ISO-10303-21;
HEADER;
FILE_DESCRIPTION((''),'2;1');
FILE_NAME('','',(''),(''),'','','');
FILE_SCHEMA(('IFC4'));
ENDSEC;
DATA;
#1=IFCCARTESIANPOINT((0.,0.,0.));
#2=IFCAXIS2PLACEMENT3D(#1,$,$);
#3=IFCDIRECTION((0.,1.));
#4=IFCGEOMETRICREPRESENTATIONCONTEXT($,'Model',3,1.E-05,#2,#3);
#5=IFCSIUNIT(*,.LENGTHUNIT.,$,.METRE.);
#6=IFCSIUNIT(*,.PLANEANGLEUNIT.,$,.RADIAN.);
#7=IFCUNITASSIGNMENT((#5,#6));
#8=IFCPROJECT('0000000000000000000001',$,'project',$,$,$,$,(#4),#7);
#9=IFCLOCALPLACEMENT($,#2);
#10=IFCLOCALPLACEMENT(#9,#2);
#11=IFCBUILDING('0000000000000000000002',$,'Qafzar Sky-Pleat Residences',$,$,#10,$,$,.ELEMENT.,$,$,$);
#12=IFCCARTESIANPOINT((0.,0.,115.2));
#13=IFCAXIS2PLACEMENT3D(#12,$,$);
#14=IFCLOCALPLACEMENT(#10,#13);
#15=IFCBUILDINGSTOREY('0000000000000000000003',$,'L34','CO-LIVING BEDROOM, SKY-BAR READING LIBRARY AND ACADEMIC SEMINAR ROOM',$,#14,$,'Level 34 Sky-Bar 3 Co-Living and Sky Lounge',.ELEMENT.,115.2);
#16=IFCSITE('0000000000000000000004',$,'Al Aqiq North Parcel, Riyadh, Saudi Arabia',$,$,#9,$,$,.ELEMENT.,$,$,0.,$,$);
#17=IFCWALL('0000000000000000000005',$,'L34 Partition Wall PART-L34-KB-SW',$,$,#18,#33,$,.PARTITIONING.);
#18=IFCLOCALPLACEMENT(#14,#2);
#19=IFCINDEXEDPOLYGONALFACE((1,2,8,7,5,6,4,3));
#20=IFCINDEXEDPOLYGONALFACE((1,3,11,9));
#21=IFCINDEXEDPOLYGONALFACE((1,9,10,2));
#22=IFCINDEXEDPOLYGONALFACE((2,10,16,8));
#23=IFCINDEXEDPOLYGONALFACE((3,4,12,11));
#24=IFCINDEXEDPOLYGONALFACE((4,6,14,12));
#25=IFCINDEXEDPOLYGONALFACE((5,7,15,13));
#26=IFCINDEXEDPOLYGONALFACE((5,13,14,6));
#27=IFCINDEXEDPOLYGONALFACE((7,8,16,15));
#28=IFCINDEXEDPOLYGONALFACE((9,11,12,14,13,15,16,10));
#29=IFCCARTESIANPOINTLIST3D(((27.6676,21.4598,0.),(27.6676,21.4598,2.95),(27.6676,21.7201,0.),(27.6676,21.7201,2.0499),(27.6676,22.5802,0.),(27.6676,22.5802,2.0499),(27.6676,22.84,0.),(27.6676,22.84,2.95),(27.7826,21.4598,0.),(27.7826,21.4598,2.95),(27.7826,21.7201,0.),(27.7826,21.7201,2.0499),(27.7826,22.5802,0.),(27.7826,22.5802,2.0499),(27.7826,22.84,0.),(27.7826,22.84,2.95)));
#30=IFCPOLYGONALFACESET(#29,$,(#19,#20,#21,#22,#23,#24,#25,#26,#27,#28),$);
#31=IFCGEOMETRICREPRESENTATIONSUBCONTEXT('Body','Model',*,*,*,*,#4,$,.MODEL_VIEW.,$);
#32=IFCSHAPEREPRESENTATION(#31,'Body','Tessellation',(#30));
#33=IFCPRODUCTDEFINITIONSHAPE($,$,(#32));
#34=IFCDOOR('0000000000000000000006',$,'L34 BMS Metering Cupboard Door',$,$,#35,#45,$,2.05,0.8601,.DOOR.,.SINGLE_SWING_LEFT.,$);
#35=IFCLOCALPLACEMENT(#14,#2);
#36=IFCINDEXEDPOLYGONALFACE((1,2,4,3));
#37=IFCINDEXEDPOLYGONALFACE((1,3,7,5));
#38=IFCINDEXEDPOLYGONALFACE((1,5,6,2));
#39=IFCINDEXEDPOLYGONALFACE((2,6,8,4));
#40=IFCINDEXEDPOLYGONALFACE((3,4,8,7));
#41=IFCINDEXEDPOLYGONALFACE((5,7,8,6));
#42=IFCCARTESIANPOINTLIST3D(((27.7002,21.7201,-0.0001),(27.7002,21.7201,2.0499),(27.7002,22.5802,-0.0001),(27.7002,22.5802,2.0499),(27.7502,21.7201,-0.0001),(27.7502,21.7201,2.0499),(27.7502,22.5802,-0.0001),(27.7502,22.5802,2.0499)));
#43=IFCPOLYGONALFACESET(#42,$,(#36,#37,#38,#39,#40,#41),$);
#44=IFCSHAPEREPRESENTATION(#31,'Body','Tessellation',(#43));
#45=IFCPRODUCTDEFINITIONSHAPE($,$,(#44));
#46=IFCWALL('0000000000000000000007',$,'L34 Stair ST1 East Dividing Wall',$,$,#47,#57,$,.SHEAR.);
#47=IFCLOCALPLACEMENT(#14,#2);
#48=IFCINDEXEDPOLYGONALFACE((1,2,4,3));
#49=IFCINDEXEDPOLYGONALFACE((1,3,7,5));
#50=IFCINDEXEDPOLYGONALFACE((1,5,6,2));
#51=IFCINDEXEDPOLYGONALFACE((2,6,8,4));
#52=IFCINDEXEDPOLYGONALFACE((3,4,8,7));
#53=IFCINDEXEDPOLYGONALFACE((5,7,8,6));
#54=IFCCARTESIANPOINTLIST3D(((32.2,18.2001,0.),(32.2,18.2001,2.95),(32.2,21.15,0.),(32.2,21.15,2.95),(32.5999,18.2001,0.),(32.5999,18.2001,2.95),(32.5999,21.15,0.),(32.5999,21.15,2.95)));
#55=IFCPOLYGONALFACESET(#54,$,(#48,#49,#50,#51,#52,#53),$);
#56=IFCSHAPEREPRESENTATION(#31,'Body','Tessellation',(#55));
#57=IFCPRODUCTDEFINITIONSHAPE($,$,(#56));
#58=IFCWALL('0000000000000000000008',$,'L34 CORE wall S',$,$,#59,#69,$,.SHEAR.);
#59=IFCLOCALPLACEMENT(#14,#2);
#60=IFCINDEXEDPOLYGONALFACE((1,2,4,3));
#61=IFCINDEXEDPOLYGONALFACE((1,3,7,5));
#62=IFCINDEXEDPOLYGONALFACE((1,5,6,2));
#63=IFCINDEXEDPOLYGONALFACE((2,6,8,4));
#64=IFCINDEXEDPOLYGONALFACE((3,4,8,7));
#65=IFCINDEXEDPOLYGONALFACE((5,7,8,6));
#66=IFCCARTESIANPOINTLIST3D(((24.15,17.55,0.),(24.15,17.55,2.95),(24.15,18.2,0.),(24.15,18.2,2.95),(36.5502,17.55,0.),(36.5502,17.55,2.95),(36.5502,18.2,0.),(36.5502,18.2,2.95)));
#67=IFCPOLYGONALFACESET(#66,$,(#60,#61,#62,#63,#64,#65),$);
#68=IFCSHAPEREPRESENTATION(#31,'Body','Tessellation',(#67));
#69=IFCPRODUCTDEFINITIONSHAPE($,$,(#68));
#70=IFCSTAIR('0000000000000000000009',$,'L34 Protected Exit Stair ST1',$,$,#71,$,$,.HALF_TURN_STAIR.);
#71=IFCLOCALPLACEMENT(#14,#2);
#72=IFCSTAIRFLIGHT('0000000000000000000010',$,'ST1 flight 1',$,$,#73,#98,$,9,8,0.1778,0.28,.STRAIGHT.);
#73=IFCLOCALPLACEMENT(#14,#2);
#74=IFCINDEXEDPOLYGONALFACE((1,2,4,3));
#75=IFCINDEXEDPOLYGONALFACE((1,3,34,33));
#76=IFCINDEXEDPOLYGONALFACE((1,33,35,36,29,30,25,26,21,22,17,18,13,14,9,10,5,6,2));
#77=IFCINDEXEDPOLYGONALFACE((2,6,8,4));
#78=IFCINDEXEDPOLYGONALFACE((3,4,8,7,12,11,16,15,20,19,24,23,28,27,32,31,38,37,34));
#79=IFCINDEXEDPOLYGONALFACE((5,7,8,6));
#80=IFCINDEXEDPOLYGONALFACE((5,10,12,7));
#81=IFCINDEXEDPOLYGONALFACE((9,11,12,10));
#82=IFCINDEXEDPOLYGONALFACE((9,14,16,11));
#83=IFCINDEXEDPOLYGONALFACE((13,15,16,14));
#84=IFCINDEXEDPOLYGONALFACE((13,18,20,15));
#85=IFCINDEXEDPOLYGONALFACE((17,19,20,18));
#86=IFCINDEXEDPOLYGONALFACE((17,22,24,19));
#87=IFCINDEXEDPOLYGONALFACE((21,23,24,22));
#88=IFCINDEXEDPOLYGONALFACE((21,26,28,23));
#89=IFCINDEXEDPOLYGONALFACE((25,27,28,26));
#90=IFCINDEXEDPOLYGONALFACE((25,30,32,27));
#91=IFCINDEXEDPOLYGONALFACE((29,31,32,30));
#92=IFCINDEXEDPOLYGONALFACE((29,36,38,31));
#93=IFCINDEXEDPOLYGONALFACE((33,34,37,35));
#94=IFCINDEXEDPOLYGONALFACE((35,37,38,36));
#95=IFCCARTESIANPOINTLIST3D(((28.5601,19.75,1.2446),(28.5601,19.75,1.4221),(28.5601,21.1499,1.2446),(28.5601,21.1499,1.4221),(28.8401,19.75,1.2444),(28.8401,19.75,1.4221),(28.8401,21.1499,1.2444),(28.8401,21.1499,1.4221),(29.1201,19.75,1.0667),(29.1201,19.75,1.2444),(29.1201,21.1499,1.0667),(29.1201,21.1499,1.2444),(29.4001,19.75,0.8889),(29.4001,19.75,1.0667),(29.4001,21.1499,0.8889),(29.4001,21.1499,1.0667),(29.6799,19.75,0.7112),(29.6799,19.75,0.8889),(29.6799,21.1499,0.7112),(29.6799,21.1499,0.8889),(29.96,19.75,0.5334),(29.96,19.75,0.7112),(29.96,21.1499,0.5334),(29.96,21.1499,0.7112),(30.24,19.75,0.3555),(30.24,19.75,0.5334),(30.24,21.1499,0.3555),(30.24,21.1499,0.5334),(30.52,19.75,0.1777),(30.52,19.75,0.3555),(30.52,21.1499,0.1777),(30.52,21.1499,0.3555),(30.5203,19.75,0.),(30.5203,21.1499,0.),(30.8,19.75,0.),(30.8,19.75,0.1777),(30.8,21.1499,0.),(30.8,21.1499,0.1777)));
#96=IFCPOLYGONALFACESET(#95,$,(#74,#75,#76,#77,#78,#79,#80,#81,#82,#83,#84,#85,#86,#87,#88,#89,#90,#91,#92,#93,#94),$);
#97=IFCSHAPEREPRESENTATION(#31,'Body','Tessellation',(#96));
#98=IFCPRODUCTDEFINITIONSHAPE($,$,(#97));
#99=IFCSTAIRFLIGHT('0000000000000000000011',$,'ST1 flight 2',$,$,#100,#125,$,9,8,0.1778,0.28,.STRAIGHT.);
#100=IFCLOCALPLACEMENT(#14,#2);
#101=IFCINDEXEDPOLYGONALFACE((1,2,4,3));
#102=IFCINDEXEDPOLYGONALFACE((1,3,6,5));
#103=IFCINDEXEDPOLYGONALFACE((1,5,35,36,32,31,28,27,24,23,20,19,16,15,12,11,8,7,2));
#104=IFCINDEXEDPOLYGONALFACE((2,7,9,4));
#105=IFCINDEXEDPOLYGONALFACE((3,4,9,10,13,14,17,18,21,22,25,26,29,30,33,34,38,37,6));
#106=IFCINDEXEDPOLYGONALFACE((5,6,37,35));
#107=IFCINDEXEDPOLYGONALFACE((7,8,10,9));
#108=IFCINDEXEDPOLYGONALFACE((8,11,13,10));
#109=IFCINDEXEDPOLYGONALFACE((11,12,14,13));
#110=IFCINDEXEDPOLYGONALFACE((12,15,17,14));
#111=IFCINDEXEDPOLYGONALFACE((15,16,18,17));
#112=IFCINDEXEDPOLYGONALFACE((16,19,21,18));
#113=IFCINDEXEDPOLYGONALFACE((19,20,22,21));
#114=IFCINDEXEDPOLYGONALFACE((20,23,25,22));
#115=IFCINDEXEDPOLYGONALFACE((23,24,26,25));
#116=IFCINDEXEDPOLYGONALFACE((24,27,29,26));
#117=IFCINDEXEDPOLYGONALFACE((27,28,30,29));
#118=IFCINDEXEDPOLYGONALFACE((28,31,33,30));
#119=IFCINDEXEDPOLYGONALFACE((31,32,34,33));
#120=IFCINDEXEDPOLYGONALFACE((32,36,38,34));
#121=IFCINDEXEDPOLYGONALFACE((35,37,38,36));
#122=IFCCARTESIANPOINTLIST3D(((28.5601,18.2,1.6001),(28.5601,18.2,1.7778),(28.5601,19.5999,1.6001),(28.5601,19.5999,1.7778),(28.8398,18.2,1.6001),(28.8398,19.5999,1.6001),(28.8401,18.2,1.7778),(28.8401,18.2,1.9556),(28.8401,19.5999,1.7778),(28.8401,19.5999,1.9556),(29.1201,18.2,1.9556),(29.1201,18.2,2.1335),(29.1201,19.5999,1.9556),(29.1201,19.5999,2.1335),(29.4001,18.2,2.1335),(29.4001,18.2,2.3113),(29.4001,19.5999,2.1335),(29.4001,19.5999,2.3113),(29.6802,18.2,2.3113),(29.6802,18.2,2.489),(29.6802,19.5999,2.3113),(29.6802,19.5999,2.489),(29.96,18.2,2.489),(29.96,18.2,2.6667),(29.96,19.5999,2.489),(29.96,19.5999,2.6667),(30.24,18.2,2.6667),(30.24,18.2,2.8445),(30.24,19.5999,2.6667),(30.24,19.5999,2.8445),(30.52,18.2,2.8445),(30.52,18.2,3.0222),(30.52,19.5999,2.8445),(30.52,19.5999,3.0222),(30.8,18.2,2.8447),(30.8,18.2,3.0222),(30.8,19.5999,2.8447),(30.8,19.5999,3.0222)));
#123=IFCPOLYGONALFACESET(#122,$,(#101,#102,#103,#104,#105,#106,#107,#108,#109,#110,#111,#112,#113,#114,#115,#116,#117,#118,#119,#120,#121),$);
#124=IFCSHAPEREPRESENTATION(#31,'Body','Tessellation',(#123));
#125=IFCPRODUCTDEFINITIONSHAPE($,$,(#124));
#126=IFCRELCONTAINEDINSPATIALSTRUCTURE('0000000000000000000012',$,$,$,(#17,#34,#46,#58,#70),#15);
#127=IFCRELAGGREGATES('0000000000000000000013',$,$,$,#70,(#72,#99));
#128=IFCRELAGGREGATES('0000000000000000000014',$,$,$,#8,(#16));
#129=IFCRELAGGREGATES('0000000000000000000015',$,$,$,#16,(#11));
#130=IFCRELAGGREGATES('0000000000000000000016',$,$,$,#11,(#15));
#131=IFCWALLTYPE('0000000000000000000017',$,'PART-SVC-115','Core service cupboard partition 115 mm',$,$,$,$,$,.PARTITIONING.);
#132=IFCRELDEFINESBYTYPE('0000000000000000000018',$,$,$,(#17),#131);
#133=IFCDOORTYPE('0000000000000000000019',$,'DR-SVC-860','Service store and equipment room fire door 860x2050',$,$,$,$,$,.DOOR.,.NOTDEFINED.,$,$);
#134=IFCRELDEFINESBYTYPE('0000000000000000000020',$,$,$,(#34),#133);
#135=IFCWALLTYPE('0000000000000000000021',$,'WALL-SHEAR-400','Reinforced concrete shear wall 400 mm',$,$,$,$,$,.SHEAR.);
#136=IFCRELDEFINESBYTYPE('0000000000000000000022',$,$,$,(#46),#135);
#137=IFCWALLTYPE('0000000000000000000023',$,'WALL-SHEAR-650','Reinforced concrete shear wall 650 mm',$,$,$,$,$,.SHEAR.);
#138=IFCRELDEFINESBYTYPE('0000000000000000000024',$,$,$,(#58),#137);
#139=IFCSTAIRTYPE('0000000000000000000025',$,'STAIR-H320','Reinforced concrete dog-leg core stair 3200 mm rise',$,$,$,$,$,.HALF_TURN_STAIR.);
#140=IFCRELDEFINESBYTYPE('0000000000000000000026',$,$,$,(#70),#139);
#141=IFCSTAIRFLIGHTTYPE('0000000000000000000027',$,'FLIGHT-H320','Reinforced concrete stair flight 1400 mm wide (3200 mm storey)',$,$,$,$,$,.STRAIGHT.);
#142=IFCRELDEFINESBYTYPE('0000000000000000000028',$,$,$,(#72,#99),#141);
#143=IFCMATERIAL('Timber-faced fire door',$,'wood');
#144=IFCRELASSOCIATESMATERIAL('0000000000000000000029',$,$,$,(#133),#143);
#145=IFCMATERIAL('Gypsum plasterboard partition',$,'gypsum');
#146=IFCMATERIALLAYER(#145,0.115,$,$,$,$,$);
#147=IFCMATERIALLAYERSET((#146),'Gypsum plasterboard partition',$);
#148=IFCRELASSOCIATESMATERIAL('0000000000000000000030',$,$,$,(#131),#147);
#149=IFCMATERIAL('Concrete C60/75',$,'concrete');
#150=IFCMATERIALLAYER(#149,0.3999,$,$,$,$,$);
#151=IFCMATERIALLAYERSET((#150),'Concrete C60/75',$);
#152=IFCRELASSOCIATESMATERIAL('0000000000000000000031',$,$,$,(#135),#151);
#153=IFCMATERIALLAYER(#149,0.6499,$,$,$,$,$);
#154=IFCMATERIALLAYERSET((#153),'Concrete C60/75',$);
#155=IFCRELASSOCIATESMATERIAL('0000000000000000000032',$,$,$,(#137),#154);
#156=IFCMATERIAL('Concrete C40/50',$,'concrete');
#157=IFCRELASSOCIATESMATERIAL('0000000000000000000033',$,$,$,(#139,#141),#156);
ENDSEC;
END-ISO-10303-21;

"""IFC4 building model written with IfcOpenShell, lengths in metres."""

from ifc_helpers import new_model, si_unit, direction, frame, frame_2d, origin, place, context, subcontext, project, spatial, polyline, rectangle, outline, extrude, source, transform, mapped, material, layer, layer_set, type_object, element, fill, aggregate, save


model = new_model("IFC4")

# Units and contexts
model_context = context("Model", 3, precision=1e-05, world=origin(), true_north=direction((0.0, 1.0)))
body_context = subcontext(model_context, "Body", "Model", "MODEL_VIEW")
ifc_project = project(units=[si_unit("LENGTHUNIT", "METRE"), si_unit("PLANEANGLEUNIT", "RADIAN")], contexts=[model_context])

# Site, building, storey
site_placement = place(None, origin())
site = spatial("IfcSite", under=ifc_project, at=site_placement, Name="Al Aqiq North Parcel, Riyadh, Saudi Arabia", CompositionType="ELEMENT", RefElevation=0.0)
building_placement = place(site_placement, origin())
building = spatial("IfcBuilding", under=site, at=building_placement, Name="Qafzar Sky-Pleat Residences", CompositionType="ELEMENT")
storey_placement = place(building_placement, frame((0.0, 0.0, 115.2)))
storey = spatial("IfcBuildingStorey", under=building, at=storey_placement, Name="L34", Description="CO-LIVING BEDROOM, SKY-BAR READING LIBRARY AND ACADEMIC SEMINAR ROOM", LongName="Level 34 Sky-Bar 3 Co-Living and Sky Lounge", CompositionType="ELEMENT", Elevation=115.2)

# Shared definitions
ifc_material_1 = material(Name="Timber-faced fire door", Category="wood")

# Shared definitions
door_type_1 = type_object("IfcDoorType", Name="DR-SVC-860", Description="Service store and equipment room fire door 860x2050", OperationType="NOTDEFINED", PredefinedType="DOOR", material=ifc_material_1)
shared_shape_1 = source(origin(), body_context, "Body", "SweptSolid", [
    extrude(rectangle(XDim=0.8601, YDim=2.05, at=frame_2d((0.4302, 1.0249))), frame((0.0, 0.0249, 0.0), z_axis=(0.0, -1.0, 0.0), x_axis=(1.0, 0.0, 0.0)), (0.0, 0.0, 1.0), 0.05),
])

# Wall, opening, door
ifc_material_2 = material(Name="Gypsum plasterboard partition", Category="gypsum")
ifc_layer_1 = layer(ifc_material_2, 0.115)
ifc_layer_set_1 = layer_set([ifc_layer_1], Name="Gypsum plasterboard partition")
wall_type_1 = type_object("IfcWallType", Name="PART-SVC-115", Description="Core service cupboard partition 115 mm", PredefinedType="PARTITIONING", material=ifc_layer_set_1)
wall_1_placement = place(storey_placement, frame((27.7251, 21.46, 0.0), z_axis=(0.0, 0.0, 1.0), x_axis=(0.0, 1.0, 0.0)))
wall_1 = element("IfcWall", 1, at=wall_1_placement, inside=storey, type_object=wall_type_1, Name="L34 Partition Wall PART-L34-KB-SW", PredefinedType="PARTITIONING", context=body_context, shape_type="SweptSolid", body=[
    extrude(rectangle(XDim=1.3801, YDim=0.115, at=frame_2d((0.6899, 0.0))), origin(), (0.0, 0.0, 1.0), 2.95),
])
opening_1_placement = place(wall_1_placement, frame((0.26, 0.0, 0.0)))
opening_1 = element("IfcOpeningElement", 2, at=opening_1_placement, cuts=wall_1, PredefinedType="OPENING", context=body_context, shape_type="SweptSolid", body=[
    extrude(rectangle(XDim=0.8601, YDim=2.05, at=frame_2d((0.4302, 1.0249))), frame((0.0, 0.0674, 0.0), z_axis=(0.0, -1.0, 0.0), x_axis=(1.0, 0.0, 0.0)), (0.0, 0.0, 1.0), 0.135),
])
door_1_placement = place(opening_1_placement, origin())
door_1 = element("IfcDoor", 3, at=door_1_placement, inside=storey, type_object=door_type_1, Name="L34 BMS Metering Cupboard Door", OperationType="SINGLE_SWING_LEFT", OverallHeight=2.05, OverallWidth=0.8601, PredefinedType="DOOR", context=body_context, shape_type="MappedRepresentation", body=[
    mapped(shared_shape_1, transform((0.0, 0.0, 0.0), x_axis=(1.0, 0.0, 0.0), y_axis=(0.0, 1.0, 0.0), z_axis=(0.0, 0.0, 1.0), scale=1.0)),
])
fill(opening_1, door_1)

# Shared definitions
ifc_material_3 = material(Name="Concrete C60/75", Category="concrete")

# Walls
ifc_layer_2 = layer(ifc_material_3, 0.3999)
ifc_layer_set_2 = layer_set([ifc_layer_2], Name="Concrete C60/75")
wall_type_2 = type_object("IfcWallType", Name="WALL-SHEAR-400", Description="Reinforced concrete shear wall 400 mm", PredefinedType="SHEAR", material=ifc_layer_set_2)
wall_2_placement = place(storey_placement, frame((32.3999, 18.2, 0.0), z_axis=(0.0, 0.0, 1.0), x_axis=(0.0, 1.0, 0.0)))
element("IfcWall", 4, at=wall_2_placement, inside=storey, type_object=wall_type_2, Name="L34 Stair ST1 East Dividing Wall", PredefinedType="SHEAR", context=body_context, shape_type="SweptSolid", body=[
    extrude(rectangle(XDim=2.95, YDim=0.3999, at=frame_2d((1.4751, 0.0))), origin(), (0.0, 0.0, 1.0), 2.95),
])
ifc_layer_3 = layer(ifc_material_3, 0.6499)
ifc_layer_set_3 = layer_set([ifc_layer_3], Name="Concrete C60/75")
wall_type_3 = type_object("IfcWallType", Name="WALL-SHEAR-650", Description="Reinforced concrete shear wall 650 mm", PredefinedType="SHEAR", material=ifc_layer_set_3)
wall_3_placement = place(storey_placement, frame((24.1499, 17.875, 0.0), z_axis=(0.0, 0.0, 1.0), x_axis=(1.0, 0.0, 0.0)))
element("IfcWall", 5, at=wall_3_placement, inside=storey, type_object=wall_type_3, Name="L34 CORE wall S", PredefinedType="SHEAR", context=body_context, shape_type="SweptSolid", body=[
    extrude(rectangle(XDim=12.4001, YDim=0.6499, at=frame_2d((6.2002, 0.0))), origin(), (0.0, 0.0, 1.0), 2.95),
])

# Stair, stair flights
ifc_material_4 = material(Name="Concrete C40/50", Category="concrete")
stair_type = type_object("IfcStairType", Name="STAIR-H320", Description="Reinforced concrete dog-leg core stair 3200 mm rise", PredefinedType="HALF_TURN_STAIR", material=ifc_material_4)
stair_placement = place(storey_placement, origin())
stair = element("IfcStair", 6, at=stair_placement, inside=storey, type_object=stair_type, Name="L34 Protected Exit Stair ST1", PredefinedType="HALF_TURN_STAIR")
stair_flight_type = type_object("IfcStairFlightType", Name="FLIGHT-H320", Description="Reinforced concrete stair flight 1400 mm wide (3200 mm storey)", PredefinedType="STRAIGHT", material=ifc_material_4)
shared_shape_2 = source(origin(), body_context, "Body", "SweptSolid", [
    extrude(outline(polyline([(0.0, 0.0), (0.0, 0.1777), (0.28, 0.1777), (0.28, 0.3555), (0.5601, 0.3555), (0.5601, 0.5334), (0.8401, 0.5334), (0.8401, 0.7112), (1.1201, 0.7112), (1.1201, 0.8889), (1.3999, 0.8889), (1.3999, 1.0667), (1.6799, 1.0667), (1.6799, 1.2444), (1.96, 1.2444), (1.96, 1.4221), (2.24, 1.4221), (2.24, 1.6001), (2.24, 1.2446), (0.2798, 0.0), (0.0, 0.0)])), frame((0.0, 0.7, 0.0), z_axis=(0.0, -1.0, 0.0), x_axis=(1.0, 0.0, 0.0)), (0.0, 0.0, 1.0), 1.3999),
])
stair_flight_1_placement = place(storey_placement, frame((30.8, 20.45, 0.0), z_axis=(0.0, 0.0, 1.0), x_axis=(-1.0, 0.0, 0.0)))
stair_flight_1 = element("IfcStairFlight", 7, at=stair_flight_1_placement, type_object=stair_flight_type, Name="ST1 flight 1", NumberOfRisers=9, NumberOfTreads=8, PredefinedType="STRAIGHT", RiserHeight=0.1778, TreadLength=0.28, context=body_context, shape_type="MappedRepresentation", body=[
    mapped(shared_shape_2, transform((0.0, 0.0, 0.0), x_axis=(1.0, 0.0, 0.0), y_axis=(0.0, 1.0, 0.0), z_axis=(0.0, 0.0, 1.0), scale=1.0)),
])
stair_flight_2_placement = place(storey_placement, frame((28.5601, 18.8999, 1.6001), z_axis=(0.0, 0.0, 1.0), x_axis=(1.0, 0.0, 0.0)))
stair_flight_2 = element("IfcStairFlight", 8, at=stair_flight_2_placement, type_object=stair_flight_type, Name="ST1 flight 2", NumberOfRisers=9, NumberOfTreads=8, PredefinedType="STRAIGHT", RiserHeight=0.1778, TreadLength=0.28, context=body_context, shape_type="MappedRepresentation", body=[
    mapped(shared_shape_2, transform((0.0, 0.0, 0.0), x_axis=(1.0, 0.0, 0.0), y_axis=(0.0, 1.0, 0.0), z_axis=(0.0, 0.0, 1.0), scale=1.0)),
])
aggregate(stair, [stair_flight_1, stair_flight_2])

save(model, "model.ifc")
